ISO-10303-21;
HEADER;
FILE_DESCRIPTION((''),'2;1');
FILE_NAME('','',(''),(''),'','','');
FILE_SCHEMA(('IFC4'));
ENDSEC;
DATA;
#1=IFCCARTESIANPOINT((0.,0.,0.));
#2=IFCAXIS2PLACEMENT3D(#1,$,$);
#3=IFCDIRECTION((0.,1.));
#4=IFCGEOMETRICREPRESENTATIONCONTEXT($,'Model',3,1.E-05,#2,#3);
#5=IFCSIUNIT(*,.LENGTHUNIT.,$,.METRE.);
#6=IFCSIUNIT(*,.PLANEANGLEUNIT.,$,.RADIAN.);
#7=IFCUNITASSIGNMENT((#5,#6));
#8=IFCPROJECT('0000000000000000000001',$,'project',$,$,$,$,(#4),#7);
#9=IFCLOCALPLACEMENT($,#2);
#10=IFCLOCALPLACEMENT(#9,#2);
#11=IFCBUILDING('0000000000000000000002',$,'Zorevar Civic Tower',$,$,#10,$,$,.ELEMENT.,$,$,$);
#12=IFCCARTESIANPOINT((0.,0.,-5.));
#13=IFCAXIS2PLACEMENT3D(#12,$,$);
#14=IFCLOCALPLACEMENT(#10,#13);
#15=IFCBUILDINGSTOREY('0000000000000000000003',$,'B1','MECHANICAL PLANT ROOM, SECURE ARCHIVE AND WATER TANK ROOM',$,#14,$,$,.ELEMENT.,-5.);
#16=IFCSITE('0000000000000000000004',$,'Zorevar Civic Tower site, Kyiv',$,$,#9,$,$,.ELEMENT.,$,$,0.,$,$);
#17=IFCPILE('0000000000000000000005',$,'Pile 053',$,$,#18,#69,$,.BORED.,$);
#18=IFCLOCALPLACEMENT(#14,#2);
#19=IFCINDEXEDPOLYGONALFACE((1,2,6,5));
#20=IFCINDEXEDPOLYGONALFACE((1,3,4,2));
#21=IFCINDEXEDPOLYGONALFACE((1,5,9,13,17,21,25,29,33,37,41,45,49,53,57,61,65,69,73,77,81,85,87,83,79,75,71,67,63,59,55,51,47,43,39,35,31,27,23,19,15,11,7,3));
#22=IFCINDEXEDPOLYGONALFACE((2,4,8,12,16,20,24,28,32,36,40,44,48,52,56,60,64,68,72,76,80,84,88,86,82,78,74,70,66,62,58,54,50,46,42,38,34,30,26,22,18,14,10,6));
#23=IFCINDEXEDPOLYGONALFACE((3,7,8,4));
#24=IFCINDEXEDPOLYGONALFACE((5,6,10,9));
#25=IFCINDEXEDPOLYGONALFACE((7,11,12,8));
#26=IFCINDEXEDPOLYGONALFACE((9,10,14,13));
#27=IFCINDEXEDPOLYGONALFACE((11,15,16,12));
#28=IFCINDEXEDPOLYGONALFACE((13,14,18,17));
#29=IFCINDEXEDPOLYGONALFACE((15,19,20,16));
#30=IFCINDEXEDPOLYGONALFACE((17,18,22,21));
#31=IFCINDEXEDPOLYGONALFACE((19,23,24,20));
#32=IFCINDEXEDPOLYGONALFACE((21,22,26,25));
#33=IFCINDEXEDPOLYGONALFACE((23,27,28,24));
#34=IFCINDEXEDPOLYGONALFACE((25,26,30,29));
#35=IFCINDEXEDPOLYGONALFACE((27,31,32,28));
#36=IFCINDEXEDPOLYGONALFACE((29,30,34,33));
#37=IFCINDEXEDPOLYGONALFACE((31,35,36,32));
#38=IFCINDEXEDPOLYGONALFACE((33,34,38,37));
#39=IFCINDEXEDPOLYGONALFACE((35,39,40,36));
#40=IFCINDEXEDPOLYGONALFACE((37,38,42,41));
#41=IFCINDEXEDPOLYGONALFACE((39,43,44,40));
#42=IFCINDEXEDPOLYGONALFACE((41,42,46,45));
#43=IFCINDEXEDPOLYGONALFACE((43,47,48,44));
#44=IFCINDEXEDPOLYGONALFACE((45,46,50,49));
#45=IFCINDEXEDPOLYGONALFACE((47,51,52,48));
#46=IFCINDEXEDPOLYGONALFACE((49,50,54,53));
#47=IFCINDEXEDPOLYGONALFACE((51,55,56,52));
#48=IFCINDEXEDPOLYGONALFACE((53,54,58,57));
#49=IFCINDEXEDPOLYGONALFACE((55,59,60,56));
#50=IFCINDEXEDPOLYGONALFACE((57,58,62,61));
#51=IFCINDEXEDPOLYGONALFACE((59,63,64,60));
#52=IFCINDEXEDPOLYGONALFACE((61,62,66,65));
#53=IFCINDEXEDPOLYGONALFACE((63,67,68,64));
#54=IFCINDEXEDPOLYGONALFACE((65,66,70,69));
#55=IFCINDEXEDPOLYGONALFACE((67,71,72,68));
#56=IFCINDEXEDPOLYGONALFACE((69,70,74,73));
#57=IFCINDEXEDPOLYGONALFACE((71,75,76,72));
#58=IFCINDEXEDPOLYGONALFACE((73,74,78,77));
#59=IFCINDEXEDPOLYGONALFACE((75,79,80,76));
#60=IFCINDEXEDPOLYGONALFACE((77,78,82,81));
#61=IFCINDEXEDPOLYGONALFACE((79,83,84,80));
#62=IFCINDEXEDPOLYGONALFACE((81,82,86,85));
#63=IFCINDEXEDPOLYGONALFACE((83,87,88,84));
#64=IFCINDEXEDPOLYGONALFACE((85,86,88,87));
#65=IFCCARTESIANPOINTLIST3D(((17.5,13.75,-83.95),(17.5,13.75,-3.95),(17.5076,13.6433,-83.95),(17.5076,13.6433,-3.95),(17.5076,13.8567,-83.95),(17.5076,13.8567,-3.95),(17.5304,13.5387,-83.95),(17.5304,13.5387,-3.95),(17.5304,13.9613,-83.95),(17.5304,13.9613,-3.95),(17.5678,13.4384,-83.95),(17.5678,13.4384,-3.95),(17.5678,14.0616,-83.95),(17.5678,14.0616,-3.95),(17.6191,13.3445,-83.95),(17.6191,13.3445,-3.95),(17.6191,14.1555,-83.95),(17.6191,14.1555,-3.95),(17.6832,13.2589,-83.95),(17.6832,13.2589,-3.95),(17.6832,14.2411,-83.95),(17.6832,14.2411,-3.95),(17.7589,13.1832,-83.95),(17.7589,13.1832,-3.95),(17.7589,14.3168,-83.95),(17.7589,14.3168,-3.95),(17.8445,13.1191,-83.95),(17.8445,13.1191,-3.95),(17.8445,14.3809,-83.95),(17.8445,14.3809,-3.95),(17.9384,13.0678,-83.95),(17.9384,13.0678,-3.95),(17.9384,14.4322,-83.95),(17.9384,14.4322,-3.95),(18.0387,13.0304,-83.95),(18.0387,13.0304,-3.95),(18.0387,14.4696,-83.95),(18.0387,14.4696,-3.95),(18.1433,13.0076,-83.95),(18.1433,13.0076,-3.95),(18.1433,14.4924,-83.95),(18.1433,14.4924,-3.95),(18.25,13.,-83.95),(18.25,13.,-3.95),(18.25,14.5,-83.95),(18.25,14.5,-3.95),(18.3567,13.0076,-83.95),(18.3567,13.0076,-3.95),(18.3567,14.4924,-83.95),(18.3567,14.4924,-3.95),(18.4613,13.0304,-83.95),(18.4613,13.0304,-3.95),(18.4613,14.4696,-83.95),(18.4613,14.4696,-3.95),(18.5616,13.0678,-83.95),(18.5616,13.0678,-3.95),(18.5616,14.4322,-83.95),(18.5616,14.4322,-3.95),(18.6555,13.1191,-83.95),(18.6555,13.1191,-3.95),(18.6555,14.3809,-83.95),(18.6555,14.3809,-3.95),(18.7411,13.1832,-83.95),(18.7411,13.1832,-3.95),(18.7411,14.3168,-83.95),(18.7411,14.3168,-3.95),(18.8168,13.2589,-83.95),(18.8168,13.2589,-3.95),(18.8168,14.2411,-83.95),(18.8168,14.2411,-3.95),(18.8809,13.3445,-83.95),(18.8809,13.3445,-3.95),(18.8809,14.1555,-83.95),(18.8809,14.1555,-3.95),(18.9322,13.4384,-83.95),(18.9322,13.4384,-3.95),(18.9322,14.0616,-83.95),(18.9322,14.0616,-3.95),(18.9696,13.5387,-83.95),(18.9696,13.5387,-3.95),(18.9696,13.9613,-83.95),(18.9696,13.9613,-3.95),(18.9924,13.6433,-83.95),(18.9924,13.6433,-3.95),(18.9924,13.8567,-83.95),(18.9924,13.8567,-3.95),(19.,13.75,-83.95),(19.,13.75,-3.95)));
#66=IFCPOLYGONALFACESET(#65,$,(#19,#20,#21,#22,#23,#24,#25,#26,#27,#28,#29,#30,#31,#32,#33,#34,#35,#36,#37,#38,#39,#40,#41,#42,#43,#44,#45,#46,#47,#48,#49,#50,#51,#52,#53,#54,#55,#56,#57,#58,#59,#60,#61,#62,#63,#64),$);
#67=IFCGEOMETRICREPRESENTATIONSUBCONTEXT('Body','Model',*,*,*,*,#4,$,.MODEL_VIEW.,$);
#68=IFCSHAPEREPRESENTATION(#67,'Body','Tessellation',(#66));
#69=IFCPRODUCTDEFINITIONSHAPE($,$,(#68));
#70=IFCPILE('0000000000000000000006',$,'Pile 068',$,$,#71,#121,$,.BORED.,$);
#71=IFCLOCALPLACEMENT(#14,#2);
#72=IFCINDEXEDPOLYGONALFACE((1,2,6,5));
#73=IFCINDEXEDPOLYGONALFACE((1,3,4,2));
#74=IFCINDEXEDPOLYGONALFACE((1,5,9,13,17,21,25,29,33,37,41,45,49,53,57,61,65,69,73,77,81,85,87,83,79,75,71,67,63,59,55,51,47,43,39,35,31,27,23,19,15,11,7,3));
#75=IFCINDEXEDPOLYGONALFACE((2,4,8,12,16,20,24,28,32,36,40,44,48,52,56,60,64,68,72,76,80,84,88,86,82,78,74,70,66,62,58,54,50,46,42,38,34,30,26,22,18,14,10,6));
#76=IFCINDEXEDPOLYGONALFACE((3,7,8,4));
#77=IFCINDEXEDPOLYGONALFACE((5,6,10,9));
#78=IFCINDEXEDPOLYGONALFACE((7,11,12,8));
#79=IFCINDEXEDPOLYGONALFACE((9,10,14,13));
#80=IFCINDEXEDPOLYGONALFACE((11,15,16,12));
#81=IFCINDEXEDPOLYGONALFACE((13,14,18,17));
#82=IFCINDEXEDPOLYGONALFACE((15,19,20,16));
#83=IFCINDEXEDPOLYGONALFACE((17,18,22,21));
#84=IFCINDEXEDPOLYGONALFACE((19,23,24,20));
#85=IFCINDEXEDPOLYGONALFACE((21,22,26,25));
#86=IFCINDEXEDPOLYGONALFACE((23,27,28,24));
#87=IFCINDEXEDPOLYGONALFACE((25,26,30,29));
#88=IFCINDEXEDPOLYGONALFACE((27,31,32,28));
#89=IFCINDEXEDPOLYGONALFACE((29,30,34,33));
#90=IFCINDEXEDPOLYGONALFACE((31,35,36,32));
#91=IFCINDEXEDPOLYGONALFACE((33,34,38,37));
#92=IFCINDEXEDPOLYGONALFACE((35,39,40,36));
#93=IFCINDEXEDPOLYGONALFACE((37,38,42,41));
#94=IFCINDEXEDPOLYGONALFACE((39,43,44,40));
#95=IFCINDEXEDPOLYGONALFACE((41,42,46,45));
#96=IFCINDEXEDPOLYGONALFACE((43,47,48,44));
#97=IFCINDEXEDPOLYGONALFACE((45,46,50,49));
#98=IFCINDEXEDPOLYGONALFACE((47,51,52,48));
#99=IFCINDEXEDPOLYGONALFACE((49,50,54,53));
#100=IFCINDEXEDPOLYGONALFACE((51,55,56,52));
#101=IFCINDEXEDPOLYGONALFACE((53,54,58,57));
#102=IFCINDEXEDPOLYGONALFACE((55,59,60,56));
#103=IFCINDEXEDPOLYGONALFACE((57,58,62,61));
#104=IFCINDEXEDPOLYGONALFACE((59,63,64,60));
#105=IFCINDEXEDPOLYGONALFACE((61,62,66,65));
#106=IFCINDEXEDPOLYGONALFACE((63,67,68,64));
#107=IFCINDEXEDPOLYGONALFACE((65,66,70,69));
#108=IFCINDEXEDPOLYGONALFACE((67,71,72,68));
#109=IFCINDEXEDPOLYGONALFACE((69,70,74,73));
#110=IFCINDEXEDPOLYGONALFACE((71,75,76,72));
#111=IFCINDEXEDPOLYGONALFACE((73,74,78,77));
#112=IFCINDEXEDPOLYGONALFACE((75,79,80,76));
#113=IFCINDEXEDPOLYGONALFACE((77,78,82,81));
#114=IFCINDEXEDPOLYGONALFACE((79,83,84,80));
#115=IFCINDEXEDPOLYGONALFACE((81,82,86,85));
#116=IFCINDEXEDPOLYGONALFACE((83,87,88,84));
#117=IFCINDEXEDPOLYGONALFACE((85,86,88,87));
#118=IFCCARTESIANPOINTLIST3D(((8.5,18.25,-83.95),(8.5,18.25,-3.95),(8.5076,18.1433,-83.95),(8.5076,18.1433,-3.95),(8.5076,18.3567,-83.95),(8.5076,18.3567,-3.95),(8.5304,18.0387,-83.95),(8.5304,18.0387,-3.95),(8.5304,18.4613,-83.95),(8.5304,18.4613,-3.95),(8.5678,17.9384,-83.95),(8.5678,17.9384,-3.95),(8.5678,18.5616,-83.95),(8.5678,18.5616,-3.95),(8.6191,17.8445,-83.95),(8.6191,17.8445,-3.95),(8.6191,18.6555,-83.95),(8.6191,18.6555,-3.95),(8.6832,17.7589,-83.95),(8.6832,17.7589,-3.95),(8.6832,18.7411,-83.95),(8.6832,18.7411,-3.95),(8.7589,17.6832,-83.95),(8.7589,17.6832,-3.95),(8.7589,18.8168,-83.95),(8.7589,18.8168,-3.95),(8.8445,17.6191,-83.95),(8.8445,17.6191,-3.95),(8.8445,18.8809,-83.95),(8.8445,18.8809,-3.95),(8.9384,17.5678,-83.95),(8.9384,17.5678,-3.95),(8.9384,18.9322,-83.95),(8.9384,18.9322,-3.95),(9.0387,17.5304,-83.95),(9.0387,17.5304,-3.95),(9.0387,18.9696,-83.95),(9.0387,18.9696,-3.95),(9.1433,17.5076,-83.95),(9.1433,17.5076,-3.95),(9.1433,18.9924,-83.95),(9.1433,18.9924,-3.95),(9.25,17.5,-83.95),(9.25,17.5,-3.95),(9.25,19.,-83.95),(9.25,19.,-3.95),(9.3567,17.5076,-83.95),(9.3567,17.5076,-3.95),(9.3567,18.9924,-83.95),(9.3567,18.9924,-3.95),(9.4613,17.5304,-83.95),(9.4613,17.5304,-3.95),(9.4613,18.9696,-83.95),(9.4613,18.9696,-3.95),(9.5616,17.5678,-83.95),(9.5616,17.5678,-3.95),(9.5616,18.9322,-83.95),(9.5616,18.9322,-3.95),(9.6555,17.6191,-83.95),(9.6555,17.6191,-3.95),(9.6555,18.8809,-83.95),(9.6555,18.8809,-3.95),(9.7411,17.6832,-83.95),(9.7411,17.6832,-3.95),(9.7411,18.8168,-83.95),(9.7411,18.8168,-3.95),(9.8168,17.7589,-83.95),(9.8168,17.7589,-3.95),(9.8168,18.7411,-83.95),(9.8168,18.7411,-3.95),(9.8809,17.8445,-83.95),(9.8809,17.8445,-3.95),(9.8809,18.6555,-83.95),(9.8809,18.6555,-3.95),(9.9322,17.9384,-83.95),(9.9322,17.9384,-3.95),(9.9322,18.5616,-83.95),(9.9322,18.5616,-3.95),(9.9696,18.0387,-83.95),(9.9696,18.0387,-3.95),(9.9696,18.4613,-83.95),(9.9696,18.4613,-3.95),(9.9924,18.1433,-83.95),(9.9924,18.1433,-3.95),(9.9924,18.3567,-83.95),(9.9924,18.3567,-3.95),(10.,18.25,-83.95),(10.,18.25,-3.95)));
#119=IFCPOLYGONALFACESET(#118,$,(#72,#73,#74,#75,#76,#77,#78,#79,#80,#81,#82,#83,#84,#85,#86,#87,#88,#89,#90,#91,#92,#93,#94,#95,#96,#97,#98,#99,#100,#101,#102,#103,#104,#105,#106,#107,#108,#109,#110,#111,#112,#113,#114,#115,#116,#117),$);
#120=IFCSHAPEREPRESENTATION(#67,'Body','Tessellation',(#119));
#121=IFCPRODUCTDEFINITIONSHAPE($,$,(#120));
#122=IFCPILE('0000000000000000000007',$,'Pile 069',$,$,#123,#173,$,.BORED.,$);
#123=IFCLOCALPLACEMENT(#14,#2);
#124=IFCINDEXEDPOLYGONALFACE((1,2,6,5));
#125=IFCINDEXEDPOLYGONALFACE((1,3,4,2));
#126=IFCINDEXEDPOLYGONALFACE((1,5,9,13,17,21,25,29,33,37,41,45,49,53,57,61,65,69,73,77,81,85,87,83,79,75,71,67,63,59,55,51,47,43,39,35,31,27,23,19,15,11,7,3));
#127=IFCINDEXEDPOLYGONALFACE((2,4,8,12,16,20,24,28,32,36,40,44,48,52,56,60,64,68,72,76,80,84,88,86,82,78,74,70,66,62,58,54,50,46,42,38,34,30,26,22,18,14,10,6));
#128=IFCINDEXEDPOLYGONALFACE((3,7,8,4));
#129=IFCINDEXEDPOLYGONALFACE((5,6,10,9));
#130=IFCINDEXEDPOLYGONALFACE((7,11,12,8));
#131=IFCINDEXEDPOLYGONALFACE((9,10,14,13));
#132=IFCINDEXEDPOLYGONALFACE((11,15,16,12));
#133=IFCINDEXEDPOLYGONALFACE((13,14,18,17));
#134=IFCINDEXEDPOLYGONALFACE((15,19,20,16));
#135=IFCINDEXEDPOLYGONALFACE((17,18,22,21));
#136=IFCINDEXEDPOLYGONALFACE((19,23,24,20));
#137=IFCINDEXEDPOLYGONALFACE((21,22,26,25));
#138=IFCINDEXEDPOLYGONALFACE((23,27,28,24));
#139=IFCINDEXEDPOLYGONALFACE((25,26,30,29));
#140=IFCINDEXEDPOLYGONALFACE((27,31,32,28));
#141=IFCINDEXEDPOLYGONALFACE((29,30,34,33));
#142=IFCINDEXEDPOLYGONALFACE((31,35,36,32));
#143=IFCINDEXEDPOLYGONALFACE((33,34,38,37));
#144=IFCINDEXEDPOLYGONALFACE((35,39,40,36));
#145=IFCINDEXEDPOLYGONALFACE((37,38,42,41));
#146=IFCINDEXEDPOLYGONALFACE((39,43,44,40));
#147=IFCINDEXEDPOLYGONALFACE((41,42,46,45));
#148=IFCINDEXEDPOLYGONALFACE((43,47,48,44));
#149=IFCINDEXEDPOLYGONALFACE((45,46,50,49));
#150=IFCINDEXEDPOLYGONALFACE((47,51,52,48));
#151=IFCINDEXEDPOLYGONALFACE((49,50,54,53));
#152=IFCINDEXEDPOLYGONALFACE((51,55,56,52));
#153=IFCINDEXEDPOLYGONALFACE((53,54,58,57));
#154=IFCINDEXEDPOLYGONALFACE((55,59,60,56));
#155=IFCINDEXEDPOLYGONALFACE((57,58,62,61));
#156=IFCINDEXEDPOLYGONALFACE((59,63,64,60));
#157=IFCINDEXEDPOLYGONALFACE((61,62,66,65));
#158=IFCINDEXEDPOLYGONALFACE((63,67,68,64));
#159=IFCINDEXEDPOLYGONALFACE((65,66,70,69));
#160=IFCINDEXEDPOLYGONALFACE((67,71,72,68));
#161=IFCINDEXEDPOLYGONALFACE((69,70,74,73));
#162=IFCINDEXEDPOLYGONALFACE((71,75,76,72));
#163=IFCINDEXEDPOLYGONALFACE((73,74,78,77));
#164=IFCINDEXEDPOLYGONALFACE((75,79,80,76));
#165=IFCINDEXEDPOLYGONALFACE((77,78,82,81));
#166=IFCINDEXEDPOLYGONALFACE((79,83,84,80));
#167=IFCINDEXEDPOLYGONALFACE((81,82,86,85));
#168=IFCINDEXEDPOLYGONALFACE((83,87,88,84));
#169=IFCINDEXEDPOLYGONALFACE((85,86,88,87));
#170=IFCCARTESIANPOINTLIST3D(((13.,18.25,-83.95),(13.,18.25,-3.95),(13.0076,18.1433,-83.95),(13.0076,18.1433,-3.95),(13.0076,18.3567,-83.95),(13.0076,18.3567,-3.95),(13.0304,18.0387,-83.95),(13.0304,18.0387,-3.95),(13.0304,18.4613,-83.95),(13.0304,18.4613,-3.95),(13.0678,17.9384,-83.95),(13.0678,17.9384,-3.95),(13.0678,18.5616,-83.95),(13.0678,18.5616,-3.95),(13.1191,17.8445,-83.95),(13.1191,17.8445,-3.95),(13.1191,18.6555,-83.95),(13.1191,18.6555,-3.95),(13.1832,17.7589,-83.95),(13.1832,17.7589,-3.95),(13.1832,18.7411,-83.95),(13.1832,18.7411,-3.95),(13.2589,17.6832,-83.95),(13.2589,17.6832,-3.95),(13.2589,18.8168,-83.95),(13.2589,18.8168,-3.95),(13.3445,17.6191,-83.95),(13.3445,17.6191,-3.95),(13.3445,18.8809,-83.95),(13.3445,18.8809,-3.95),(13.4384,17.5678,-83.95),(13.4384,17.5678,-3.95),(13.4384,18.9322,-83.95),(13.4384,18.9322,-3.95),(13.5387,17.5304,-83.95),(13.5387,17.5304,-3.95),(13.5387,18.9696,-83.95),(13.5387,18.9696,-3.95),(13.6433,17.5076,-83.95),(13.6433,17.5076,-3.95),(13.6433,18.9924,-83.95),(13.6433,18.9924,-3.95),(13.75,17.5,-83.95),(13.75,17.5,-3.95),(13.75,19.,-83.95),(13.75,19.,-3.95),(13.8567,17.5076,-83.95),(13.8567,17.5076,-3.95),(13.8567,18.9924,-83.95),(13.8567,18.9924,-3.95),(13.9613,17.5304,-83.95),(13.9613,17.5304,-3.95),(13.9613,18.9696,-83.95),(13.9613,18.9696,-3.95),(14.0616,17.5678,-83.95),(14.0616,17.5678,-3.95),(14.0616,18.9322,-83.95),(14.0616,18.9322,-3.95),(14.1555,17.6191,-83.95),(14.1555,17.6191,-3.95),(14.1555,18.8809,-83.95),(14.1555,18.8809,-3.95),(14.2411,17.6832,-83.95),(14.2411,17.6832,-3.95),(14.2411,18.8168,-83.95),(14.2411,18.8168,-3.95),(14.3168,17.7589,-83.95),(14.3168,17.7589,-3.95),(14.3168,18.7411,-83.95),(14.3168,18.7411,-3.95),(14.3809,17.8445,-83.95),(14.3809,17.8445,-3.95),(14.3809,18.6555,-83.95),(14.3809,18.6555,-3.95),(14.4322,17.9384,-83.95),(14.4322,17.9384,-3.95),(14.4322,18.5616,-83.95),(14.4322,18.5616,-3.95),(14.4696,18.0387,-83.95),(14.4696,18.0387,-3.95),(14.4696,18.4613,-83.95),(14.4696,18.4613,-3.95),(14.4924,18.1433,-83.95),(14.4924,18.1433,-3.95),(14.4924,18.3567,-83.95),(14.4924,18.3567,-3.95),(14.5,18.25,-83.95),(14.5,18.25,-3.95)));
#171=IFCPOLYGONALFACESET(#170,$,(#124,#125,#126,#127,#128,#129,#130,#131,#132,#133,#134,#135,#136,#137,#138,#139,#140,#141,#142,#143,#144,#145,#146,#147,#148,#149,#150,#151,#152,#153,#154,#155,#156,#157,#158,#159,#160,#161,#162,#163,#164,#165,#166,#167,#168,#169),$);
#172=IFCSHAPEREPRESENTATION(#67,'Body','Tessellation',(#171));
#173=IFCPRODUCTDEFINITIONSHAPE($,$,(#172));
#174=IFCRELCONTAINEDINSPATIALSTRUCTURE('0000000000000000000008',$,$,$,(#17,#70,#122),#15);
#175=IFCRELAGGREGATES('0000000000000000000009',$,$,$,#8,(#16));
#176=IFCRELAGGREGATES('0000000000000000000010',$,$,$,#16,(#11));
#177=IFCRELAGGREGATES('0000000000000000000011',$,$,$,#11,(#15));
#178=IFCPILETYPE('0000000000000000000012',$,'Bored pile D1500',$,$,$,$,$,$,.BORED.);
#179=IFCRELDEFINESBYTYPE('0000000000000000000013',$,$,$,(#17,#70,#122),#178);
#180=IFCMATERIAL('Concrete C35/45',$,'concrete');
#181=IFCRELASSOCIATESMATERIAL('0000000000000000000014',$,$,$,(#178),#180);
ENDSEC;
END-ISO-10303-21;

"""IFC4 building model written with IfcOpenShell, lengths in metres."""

from ifc_helpers import new_model, si_unit, direction, frame, origin, origin_2d, place, context, subcontext, project, spatial, circle, extrude, material, type_object, element, save


model = new_model("IFC4")

# Units and contexts
model_context = context("Model", 3, precision=1e-05, world=origin(), true_north=direction((0.0, 1.0)))
body_context = subcontext(model_context, "Body", "Model", "MODEL_VIEW")
ifc_project = project(units=[si_unit("LENGTHUNIT", "METRE"), si_unit("PLANEANGLEUNIT", "RADIAN")], contexts=[model_context])

# Site, building, storey
site_placement = place(None, origin())
site = spatial("IfcSite", under=ifc_project, at=site_placement, Name="Zorevar Civic Tower site, Kyiv", CompositionType="ELEMENT", RefElevation=0.0)
building_placement = place(site_placement, origin())
building = spatial("IfcBuilding", under=site, at=building_placement, Name="Zorevar Civic Tower", CompositionType="ELEMENT")
storey_placement = place(building_placement, frame((0.0, 0.0, -5.0)))
storey = spatial("IfcBuildingStorey", under=building, at=storey_placement, Name="B1", Description="MECHANICAL PLANT ROOM, SECURE ARCHIVE AND WATER TANK ROOM", CompositionType="ELEMENT", Elevation=-5.0)

# Piles
ifc_material_1 = material(Name="Concrete C35/45", Category="concrete")
pile_type = type_object("IfcPileType", Name="Bored pile D1500", PredefinedType="BORED", material=ifc_material_1)
for number, where, z_axis, x_axis, name in (
    (1, (18.25, 13.75, -3.95), (0.0, 0.0, -1.0), (1.0, 0.0, 0.0), "Pile 053"),
    (2, (9.25, 18.25, -3.95), (0.0, 0.0, -1.0), (1.0, 0.0, 0.0), "Pile 068"),
    (3, (13.75, 18.25, -3.95), (0.0, 0.0, -1.0), (1.0, 0.0, 0.0), "Pile 069"),
):
    element("IfcPile", number, at=place(storey_placement, frame(where, z_axis=z_axis, x_axis=x_axis)), inside=storey, type_object=pile_type, Name=name, PredefinedType="BORED", context=body_context, shape_type="SweptSolid", body=[
        extrude(circle(Radius=0.75, at=origin_2d()), origin(), (0.0, 0.0, 1.0), 80.0),
    ])

save(model, "model.ifc")
